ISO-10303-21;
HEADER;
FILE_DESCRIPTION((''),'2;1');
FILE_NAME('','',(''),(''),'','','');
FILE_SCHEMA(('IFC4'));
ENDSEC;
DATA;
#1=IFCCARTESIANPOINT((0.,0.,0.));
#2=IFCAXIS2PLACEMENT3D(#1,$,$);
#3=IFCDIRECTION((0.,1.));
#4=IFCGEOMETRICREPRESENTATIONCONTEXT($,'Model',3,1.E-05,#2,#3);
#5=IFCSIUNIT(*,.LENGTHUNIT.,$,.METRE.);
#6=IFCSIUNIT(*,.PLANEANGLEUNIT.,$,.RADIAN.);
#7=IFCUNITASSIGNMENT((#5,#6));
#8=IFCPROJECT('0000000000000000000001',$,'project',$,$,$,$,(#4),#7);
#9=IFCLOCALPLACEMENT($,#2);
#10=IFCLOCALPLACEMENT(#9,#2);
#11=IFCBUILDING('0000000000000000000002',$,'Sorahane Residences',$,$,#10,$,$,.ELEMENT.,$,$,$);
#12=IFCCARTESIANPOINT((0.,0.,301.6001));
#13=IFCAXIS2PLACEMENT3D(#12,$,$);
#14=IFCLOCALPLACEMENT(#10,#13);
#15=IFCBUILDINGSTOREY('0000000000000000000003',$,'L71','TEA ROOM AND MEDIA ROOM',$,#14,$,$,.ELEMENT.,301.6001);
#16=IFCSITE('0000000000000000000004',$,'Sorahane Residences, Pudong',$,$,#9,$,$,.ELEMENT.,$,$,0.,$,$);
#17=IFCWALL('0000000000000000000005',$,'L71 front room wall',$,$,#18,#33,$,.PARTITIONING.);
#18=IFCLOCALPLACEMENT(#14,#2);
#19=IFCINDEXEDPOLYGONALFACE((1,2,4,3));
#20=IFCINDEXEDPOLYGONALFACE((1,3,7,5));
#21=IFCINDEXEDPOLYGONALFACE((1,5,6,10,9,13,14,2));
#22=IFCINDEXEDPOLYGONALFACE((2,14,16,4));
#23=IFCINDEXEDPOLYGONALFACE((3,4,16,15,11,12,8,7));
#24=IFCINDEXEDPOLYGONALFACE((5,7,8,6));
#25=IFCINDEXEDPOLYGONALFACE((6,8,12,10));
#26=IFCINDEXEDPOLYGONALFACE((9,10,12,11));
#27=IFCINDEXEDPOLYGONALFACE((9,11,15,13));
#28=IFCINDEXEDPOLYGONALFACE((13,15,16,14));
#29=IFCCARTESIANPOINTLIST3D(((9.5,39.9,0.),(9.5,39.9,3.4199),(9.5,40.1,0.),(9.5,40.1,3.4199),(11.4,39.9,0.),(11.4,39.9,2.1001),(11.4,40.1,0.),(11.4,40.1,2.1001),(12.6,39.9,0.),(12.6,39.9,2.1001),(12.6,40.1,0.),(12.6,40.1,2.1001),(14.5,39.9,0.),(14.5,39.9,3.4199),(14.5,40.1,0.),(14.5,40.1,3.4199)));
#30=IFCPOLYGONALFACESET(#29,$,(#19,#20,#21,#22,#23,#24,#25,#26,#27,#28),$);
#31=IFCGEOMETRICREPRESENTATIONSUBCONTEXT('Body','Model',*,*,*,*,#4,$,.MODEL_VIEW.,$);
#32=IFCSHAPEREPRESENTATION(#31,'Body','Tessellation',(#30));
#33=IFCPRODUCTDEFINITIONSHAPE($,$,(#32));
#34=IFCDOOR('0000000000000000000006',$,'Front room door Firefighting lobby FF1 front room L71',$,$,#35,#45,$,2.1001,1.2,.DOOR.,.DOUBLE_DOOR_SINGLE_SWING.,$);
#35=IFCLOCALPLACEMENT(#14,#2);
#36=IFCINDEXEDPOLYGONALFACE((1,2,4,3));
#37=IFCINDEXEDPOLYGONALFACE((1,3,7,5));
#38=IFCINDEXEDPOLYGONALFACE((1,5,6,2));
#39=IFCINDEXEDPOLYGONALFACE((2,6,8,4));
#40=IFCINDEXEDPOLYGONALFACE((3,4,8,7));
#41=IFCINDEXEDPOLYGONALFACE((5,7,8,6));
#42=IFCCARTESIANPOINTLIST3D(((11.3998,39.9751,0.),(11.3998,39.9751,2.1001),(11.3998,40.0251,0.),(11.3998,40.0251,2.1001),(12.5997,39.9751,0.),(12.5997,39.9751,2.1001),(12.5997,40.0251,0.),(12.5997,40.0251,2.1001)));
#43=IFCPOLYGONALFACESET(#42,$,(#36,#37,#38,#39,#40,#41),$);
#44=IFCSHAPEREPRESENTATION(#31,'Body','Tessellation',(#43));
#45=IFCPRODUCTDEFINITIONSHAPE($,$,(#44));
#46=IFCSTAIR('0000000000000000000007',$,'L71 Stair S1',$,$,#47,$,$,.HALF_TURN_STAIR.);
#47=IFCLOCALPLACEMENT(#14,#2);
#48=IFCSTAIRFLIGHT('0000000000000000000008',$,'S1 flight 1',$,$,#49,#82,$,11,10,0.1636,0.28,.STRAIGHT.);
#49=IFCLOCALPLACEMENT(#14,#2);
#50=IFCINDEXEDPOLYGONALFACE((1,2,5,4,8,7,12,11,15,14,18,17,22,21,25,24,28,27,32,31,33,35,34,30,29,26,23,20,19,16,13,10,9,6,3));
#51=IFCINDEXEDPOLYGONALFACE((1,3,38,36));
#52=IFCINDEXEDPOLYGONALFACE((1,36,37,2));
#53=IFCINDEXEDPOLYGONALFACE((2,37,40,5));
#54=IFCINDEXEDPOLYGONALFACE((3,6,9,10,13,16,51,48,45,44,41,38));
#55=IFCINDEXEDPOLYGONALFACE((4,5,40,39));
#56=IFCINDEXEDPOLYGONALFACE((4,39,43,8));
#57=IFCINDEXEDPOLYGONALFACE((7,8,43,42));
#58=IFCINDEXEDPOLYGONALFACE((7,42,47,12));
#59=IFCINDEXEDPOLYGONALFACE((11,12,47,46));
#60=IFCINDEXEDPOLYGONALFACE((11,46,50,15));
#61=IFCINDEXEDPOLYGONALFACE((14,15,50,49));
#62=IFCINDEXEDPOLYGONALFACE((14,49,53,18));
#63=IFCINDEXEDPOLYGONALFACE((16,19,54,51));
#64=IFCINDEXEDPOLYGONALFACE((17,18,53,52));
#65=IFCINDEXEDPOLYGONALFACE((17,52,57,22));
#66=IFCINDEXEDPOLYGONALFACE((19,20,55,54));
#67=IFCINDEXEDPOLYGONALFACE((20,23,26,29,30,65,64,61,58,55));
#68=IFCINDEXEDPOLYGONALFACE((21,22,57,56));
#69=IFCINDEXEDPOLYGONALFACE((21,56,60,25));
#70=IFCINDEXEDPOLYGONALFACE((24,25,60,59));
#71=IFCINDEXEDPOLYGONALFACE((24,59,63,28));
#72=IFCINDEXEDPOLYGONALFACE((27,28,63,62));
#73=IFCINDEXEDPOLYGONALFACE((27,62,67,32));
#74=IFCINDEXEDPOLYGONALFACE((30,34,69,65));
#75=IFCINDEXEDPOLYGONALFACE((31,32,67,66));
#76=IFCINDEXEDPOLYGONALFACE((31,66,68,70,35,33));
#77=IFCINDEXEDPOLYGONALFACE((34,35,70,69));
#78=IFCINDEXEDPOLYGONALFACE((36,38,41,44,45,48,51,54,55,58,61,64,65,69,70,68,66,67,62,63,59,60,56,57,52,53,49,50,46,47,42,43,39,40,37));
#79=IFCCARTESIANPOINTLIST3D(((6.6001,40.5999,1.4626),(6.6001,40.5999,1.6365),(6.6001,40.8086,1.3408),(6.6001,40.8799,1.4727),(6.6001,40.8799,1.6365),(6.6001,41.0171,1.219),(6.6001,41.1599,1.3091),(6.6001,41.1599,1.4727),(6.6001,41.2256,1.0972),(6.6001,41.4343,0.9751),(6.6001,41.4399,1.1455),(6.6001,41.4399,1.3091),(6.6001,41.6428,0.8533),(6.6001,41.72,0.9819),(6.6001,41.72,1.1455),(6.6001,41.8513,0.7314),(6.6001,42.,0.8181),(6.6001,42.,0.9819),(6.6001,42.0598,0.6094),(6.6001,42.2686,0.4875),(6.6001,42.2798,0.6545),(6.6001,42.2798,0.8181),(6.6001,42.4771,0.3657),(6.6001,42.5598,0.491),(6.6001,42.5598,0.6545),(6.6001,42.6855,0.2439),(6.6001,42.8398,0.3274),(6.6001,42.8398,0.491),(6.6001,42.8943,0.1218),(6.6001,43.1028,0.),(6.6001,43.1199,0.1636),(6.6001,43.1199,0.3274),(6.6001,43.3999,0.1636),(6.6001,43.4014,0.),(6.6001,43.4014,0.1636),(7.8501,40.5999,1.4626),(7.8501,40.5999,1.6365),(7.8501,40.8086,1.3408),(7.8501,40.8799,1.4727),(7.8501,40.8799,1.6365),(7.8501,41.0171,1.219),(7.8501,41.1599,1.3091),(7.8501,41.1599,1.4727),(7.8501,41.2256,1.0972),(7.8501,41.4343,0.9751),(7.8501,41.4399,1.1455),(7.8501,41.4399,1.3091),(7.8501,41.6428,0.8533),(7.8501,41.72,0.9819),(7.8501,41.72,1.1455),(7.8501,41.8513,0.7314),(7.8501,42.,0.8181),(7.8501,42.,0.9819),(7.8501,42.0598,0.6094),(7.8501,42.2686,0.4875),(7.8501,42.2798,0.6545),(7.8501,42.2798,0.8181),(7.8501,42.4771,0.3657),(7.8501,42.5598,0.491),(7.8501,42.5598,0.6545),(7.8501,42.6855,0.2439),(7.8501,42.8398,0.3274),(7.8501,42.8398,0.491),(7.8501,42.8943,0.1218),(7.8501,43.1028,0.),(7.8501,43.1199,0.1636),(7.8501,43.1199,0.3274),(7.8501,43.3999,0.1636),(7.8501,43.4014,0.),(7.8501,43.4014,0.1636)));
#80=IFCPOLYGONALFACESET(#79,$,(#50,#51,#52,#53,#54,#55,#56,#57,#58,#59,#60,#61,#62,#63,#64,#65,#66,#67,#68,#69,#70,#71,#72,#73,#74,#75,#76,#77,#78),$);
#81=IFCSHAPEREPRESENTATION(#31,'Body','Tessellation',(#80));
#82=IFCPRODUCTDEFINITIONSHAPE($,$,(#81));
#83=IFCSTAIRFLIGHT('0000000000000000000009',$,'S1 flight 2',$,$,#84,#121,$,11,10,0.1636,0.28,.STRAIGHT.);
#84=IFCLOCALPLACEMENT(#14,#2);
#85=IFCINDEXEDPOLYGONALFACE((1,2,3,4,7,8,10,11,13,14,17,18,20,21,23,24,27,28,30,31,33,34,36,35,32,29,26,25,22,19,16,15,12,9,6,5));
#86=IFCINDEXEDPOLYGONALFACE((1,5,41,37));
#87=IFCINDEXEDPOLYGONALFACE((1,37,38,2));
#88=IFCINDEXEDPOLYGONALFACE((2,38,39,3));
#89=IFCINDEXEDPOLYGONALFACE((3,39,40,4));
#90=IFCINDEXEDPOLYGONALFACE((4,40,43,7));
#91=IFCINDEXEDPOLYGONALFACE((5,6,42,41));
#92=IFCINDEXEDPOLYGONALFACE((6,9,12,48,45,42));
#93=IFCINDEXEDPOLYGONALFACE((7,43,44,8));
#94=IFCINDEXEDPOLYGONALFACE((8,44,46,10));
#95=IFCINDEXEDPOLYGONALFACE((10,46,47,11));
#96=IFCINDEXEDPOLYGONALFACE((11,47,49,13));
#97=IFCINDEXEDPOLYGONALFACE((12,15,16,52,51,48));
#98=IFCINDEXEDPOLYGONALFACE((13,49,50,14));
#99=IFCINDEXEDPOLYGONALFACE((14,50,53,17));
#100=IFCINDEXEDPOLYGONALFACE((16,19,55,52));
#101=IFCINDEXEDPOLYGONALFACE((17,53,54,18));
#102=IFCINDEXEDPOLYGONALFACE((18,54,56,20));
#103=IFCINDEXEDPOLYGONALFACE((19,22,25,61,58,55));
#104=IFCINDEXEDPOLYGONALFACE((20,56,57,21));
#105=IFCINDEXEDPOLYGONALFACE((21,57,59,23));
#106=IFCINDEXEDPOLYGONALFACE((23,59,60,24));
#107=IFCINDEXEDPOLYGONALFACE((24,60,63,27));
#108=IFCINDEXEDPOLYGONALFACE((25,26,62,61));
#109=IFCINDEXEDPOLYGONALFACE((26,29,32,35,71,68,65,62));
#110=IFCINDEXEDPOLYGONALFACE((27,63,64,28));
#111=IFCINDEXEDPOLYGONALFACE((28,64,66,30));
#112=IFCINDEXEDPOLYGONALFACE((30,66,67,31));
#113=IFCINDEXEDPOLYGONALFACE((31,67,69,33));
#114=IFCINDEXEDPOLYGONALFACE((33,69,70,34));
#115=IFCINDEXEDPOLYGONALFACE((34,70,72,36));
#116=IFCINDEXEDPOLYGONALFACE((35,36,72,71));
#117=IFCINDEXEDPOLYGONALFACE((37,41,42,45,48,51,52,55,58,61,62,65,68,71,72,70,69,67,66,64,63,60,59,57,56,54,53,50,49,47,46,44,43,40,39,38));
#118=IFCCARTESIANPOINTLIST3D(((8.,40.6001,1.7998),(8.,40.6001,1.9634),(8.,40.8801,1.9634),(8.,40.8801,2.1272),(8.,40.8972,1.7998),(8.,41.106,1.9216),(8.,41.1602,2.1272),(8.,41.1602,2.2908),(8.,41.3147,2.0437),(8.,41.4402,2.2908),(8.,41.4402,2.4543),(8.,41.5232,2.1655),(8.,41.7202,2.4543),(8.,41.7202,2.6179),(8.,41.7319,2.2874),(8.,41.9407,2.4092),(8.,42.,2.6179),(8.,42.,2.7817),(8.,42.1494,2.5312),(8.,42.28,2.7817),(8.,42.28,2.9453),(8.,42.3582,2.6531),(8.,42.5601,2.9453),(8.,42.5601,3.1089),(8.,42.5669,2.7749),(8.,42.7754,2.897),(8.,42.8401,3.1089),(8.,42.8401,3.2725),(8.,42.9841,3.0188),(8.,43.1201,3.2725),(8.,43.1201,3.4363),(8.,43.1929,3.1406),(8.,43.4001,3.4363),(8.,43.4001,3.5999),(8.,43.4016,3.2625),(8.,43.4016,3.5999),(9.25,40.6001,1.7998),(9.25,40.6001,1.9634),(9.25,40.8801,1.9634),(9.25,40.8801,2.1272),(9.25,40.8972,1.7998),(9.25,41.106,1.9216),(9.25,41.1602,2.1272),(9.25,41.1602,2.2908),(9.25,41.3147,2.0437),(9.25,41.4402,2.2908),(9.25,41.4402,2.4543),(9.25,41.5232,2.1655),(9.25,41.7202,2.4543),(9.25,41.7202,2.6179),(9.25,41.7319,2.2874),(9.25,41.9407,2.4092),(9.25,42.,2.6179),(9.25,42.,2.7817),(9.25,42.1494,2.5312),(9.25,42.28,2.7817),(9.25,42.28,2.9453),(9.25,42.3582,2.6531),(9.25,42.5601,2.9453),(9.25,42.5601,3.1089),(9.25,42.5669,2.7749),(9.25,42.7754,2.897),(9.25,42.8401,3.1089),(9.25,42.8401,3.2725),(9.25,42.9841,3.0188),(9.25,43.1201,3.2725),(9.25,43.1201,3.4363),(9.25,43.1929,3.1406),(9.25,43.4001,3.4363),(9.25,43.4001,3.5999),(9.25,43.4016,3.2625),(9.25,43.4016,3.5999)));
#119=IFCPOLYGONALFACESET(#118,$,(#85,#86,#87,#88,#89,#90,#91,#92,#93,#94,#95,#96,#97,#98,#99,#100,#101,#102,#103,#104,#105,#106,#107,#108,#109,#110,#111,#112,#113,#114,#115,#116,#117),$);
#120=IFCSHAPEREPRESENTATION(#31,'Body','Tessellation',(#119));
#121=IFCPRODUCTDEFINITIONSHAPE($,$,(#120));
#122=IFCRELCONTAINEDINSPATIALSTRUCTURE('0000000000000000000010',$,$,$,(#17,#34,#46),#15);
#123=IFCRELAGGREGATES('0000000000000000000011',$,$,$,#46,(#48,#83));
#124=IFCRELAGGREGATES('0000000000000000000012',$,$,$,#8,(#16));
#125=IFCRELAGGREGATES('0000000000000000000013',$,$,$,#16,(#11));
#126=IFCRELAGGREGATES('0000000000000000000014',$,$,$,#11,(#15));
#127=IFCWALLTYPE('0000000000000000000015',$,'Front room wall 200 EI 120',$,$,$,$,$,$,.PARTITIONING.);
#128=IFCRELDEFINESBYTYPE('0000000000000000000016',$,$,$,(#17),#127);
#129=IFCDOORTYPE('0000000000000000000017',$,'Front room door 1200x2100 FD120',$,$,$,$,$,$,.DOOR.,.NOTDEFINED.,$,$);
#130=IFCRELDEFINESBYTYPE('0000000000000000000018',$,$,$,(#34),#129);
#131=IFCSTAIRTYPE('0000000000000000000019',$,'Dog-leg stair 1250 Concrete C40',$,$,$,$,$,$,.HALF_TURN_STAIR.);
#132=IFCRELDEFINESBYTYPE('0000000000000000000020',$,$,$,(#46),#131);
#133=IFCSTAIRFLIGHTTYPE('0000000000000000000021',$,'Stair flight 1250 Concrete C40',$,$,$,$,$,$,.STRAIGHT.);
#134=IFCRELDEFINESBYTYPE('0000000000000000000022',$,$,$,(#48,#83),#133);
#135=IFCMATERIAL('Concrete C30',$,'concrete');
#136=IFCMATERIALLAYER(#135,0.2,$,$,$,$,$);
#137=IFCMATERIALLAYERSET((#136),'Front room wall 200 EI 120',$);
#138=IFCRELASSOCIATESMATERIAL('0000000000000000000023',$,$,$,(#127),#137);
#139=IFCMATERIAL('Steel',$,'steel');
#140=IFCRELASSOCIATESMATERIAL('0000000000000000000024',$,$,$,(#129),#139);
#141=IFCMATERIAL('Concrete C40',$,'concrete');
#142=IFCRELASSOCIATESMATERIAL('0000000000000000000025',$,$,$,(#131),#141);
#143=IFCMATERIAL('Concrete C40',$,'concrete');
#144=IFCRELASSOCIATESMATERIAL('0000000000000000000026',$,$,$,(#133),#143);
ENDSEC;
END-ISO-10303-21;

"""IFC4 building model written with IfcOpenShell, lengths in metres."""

from ifc_helpers import new_model, si_unit, direction, frame, frame_2d, origin, place, context, subcontext, project, spatial, polyline, rectangle, outline, extrude, material, layer, layer_set, type_object, element, fill, aggregate, save


model = new_model("IFC4")

# Units and contexts
model_context = context("Model", 3, precision=1e-05, world=origin(), true_north=direction((0.0, 1.0)))
body_context = subcontext(model_context, "Body", "Model", "MODEL_VIEW")
ifc_project = project(units=[si_unit("LENGTHUNIT", "METRE"), si_unit("PLANEANGLEUNIT", "RADIAN")], contexts=[model_context])

# Site, building, storey
site_placement = place(None, origin())
site = spatial("IfcSite", under=ifc_project, at=site_placement, Name="Sorahane Residences, Pudong", CompositionType="ELEMENT", RefElevation=0.0)
building_placement = place(site_placement, origin())
building = spatial("IfcBuilding", under=site, at=building_placement, Name="Sorahane Residences", CompositionType="ELEMENT")
storey_placement = place(building_placement, frame((0.0, 0.0, 301.6001)))
storey = spatial("IfcBuildingStorey", under=building, at=storey_placement, Name="L71", Description="TEA ROOM AND MEDIA ROOM", CompositionType="ELEMENT", Elevation=301.6001)

# Wall, opening, door
ifc_material_1 = material(Name="Concrete C30", Category="concrete")
ifc_layer_1 = layer(ifc_material_1, 0.2)
ifc_layer_set_1 = layer_set([ifc_layer_1], Name="Front room wall 200 EI 120")
wall_type_1 = type_object("IfcWallType", Name="Front room wall 200 EI 120", PredefinedType="PARTITIONING", material=ifc_layer_set_1)
wall_1_placement = place(storey_placement, frame((9.5, 40.0, 0.0), z_axis=(0.0, 0.0, 1.0), x_axis=(1.0, 0.0, 0.0)))
wall_1 = element("IfcWall", 1, at=wall_1_placement, inside=storey, type_object=wall_type_1, Name="L71 front room wall", PredefinedType="PARTITIONING", context=body_context, shape_type="SweptSolid", body=[
    extrude(rectangle(XDim=5.0, YDim=0.2, at=frame_2d((2.5, 0.0))), origin(), (0.0, 0.0, 1.0), 3.4199),
])
opening_placement = place(wall_1_placement, frame((1.8999, 0.0, 0.0)))
opening = element("IfcOpeningElement", 2, at=opening_placement, cuts=wall_1, PredefinedType="OPENING", context=body_context, shape_type="SweptSolid", body=[
    extrude(rectangle(XDim=1.2, YDim=2.1001, at=frame_2d((0.6001, 1.05))), frame((0.0, 0.1099, 0.0), z_axis=(0.0, -1.0, 0.0), x_axis=(1.0, 0.0, 0.0)), (0.0, 0.0, 1.0), 0.22),
])
ifc_material_2 = material(Name="Steel", Category="steel")
door_type = type_object("IfcDoorType", Name="Front room door 1200x2100 FD120", OperationType="NOTDEFINED", PredefinedType="DOOR", material=ifc_material_2)
door_placement = place(opening_placement, frame((1.2, 0.0, 0.0), z_axis=(0.0, 0.0, 1.0), x_axis=(-1.0, 0.0, 0.0)))
door = element("IfcDoor", 3, at=door_placement, inside=storey, type_object=door_type, Name="Front room door Firefighting lobby FF1 front room L71", OperationType="DOUBLE_DOOR_SINGLE_SWING", OverallHeight=2.1001, OverallWidth=1.2, PredefinedType="DOOR", context=body_context, shape_type="SweptSolid", body=[
    extrude(rectangle(XDim=1.2, YDim=2.1001, at=frame_2d((0.6001, 1.05))), frame((0.0, 0.0249, 0.0), z_axis=(0.0, -1.0, 0.0), x_axis=(1.0, 0.0, 0.0)), (0.0, 0.0, 1.0), 0.05),
])
fill(opening, door)

# Stair, stair flights
ifc_material_3 = material(Name="Concrete C40", Category="concrete")
stair_type = type_object("IfcStairType", Name="Dog-leg stair 1250 Concrete C40", PredefinedType="HALF_TURN_STAIR", material=ifc_material_3)
stair_placement = place(storey_placement, origin())
stair = element("IfcStair", 4, at=stair_placement, inside=storey, type_object=stair_type, Name="L71 Stair S1", PredefinedType="HALF_TURN_STAIR")
ifc_material_4 = material(Name="Concrete C40", Category="concrete")
stair_flight_type = type_object("IfcStairFlightType", Name="Stair flight 1250 Concrete C40", PredefinedType="STRAIGHT", material=ifc_material_4)
stair_flight_1_placement = place(storey_placement, frame((7.2251, 43.3999, 0.0), z_axis=(0.0, 0.0, 1.0), x_axis=(0.0, -1.0, 0.0)))
stair_flight_1 = element("IfcStairFlight", 5, at=stair_flight_1_placement, type_object=stair_flight_type, Name="S1 flight 1", NumberOfRisers=11, NumberOfTreads=10, PredefinedType="STRAIGHT", RiserHeight=0.1636, TreadLength=0.28, context=body_context, shape_type="SweptSolid", body=[
    extrude(outline(polyline([(-0.0015, 0.0), (-0.0015, 0.1636), (0.0, 0.1636), (0.28, 0.1636), (0.28, 0.3274), (0.5601, 0.3274), (0.5601, 0.491), (0.8401, 0.491), (0.8401, 0.6545), (1.1201, 0.6545), (1.1201, 0.8181), (1.3999, 0.8181), (1.3999, 0.9819), (1.6799, 0.9819), (1.6799, 1.1455), (1.96, 1.1455), (1.96, 1.3091), (2.24, 1.3091), (2.24, 1.4727), (2.52, 1.4727), (2.52, 1.6365), (2.8, 1.6365), (2.8, 1.8), (2.8, 1.4626), (2.5913, 1.3408), (2.3828, 1.219), (2.1743, 1.0972), (1.9656, 0.9751), (1.7571, 0.8533), (1.5486, 0.7314), (1.3401, 0.6094), (1.1313, 0.4875), (0.9229, 0.3657), (0.7144, 0.2439), (0.5056, 0.1218), (0.2971, 0.0), (-0.0015, 0.0)])), frame((0.0, 0.625, 0.0), z_axis=(0.0, -1.0, 0.0), x_axis=(1.0, 0.0, 0.0)), (0.0, 0.0, 1.0), 1.25),
])
stair_flight_2_placement = place(storey_placement, frame((8.625, 40.6001, 1.7998), z_axis=(0.0, 0.0, 1.0), x_axis=(0.0, 1.0, 0.0)))
stair_flight_2 = element("IfcStairFlight", 6, at=stair_flight_2_placement, type_object=stair_flight_type, Name="S1 flight 2", NumberOfRisers=11, NumberOfTreads=10, PredefinedType="STRAIGHT", RiserHeight=0.1636, TreadLength=0.28, context=body_context, shape_type="SweptSolid", body=[
    extrude(outline(polyline([(0.0, 0.0), (0.0, 0.1636), (0.28, 0.1636), (0.28, 0.3274), (0.5601, 0.3274), (0.5601, 0.491), (0.8401, 0.491), (0.8401, 0.6545), (1.1201, 0.6545), (1.1201, 0.8181), (1.3999, 0.8181), (1.3999, 0.9819), (1.6799, 0.9819), (1.6799, 1.1455), (1.96, 1.1455), (1.96, 1.3091), (2.24, 1.3091), (2.24, 1.4727), (2.52, 1.4727), (2.52, 1.6365), (2.8, 1.6365), (2.8, 1.8), (2.8015, 1.8), (2.8015, 1.4626), (2.5928, 1.3408), (2.384, 1.219), (2.1753, 1.0972), (1.9668, 0.9751), (1.7581, 0.8533), (1.5493, 0.7314), (1.3406, 0.6094), (1.1318, 0.4875), (0.9231, 0.3657), (0.7146, 0.2439), (0.5059, 0.1218), (0.2971, 0.0), (0.0, 0.0)])), frame((0.0, 0.625, 0.0), z_axis=(0.0, -1.0, 0.0), x_axis=(1.0, 0.0, 0.0)), (0.0, 0.0, 1.0), 1.25),
])
aggregate(stair, [stair_flight_1, stair_flight_2])

save(model, "model.ifc")
